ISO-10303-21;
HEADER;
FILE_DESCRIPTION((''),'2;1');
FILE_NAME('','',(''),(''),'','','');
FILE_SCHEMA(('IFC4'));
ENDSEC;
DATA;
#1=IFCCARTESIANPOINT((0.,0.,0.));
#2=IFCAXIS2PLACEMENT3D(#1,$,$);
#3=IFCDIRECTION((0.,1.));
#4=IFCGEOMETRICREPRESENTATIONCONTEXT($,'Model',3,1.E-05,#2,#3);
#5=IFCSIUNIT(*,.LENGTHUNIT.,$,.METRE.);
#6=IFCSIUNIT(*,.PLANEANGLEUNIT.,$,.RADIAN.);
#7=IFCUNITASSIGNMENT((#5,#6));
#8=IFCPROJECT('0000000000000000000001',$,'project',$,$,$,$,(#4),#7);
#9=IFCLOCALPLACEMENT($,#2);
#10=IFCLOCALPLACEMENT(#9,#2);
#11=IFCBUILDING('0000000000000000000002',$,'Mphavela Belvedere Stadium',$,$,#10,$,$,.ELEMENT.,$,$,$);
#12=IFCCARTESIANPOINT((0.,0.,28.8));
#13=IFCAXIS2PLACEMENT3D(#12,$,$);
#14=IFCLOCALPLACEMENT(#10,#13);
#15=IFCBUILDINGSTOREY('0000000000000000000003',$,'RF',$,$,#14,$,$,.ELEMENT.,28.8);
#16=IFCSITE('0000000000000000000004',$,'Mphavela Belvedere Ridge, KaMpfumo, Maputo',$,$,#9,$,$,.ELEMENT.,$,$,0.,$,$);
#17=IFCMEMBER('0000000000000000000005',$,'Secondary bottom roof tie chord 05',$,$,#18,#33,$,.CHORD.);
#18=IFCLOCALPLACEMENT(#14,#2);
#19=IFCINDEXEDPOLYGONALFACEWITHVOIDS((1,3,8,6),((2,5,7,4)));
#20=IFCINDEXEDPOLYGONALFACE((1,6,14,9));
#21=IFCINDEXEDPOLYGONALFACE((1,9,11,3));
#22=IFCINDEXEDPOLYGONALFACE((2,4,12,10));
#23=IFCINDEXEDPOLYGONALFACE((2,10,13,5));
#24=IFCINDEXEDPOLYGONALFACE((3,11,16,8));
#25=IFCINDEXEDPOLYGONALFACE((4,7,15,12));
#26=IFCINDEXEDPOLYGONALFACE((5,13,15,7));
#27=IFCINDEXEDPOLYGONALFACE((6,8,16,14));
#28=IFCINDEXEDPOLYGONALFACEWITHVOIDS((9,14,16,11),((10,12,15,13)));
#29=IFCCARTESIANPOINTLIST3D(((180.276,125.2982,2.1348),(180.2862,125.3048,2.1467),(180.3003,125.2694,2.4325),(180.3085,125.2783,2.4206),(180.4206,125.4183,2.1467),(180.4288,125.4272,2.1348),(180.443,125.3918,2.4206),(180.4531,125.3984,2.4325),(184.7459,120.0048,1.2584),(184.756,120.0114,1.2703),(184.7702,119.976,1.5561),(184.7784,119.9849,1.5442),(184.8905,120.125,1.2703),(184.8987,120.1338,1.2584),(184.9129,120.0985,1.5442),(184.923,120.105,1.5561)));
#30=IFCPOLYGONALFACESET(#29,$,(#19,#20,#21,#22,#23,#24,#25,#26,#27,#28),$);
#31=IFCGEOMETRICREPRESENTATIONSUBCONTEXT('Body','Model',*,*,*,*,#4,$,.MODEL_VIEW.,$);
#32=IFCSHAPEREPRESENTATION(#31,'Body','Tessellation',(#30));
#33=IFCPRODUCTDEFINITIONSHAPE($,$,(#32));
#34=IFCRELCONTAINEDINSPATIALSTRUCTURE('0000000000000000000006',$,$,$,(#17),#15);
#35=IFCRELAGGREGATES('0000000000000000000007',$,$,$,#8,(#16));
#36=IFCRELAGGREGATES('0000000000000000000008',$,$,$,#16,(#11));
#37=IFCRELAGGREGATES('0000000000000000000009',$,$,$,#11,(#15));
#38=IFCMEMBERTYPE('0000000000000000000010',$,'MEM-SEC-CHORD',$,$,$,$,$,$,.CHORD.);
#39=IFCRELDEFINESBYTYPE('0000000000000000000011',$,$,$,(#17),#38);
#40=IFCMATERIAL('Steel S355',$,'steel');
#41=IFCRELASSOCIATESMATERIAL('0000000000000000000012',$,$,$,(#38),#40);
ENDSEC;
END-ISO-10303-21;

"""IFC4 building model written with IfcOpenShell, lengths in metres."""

from ifc_helpers import new_model, si_unit, direction, frame, origin, origin_2d, place, context, subcontext, project, spatial, hollow_rectangle, extrude, material, material_profile, profile_set, type_object, element, save


model = new_model("IFC4")

# Units and contexts
model_context = context("Model", 3, precision=1e-05, world=origin(), true_north=direction((0.0, 1.0)))
body_context = subcontext(model_context, "Body", "Model", "MODEL_VIEW")
ifc_project = project(units=[si_unit("LENGTHUNIT", "METRE"), si_unit("PLANEANGLEUNIT", "RADIAN")], contexts=[model_context])

# Site, building, storey
site_placement = place(None, origin())
site = spatial("IfcSite", under=ifc_project, at=site_placement, Name="Mphavela Belvedere Ridge, KaMpfumo, Maputo", CompositionType="ELEMENT", RefElevation=0.0)
building_placement = place(site_placement, origin())
building = spatial("IfcBuilding", under=site, at=building_placement, Name="Mphavela Belvedere Stadium", CompositionType="ELEMENT")
storey_placement = place(building_placement, frame((0.0, 0.0, 28.8)))
storey = spatial("IfcBuildingStorey", under=building, at=storey_placement, Name="RF", CompositionType="ELEMENT", Elevation=28.8)

# Member
ifc_material_1 = material(Name="Steel S355", Category="steel")
ifc_material_profile_1 = material_profile(ifc_material_1, hollow_rectangle(XDim=0.2, YDim=0.3, WallThickness=0.012, at=origin_2d()), Name="RHS 300x200x12")
ifc_profile_set_1 = profile_set([ifc_material_profile_1], Name="Steel S355")
member_type_1 = type_object("IfcMemberType", Name="MEM-SEC-CHORD", PredefinedType="CHORD", material=ifc_profile_set_1)
member_1_placement = place(storey_placement, frame((184.8345, 120.0549, 1.4072), z_axis=(-0.640074, 0.757993, 0.125505), x_axis=(-0.764034, -0.645176, 0.0)))
element("IfcMember", 1, at=member_1_placement, inside=storey, type_object=member_type_1, Name="Secondary bottom roof tie chord 05", PredefinedType="CHORD", context=body_context, shape_type="SweptSolid", body=[
    extrude(hollow_rectangle(XDim=0.2, YDim=0.3, WallThickness=0.012, at=origin_2d()), origin(), (0.0, 0.0, 1.0), 6.9834),
])

save(model, "model.ifc")
